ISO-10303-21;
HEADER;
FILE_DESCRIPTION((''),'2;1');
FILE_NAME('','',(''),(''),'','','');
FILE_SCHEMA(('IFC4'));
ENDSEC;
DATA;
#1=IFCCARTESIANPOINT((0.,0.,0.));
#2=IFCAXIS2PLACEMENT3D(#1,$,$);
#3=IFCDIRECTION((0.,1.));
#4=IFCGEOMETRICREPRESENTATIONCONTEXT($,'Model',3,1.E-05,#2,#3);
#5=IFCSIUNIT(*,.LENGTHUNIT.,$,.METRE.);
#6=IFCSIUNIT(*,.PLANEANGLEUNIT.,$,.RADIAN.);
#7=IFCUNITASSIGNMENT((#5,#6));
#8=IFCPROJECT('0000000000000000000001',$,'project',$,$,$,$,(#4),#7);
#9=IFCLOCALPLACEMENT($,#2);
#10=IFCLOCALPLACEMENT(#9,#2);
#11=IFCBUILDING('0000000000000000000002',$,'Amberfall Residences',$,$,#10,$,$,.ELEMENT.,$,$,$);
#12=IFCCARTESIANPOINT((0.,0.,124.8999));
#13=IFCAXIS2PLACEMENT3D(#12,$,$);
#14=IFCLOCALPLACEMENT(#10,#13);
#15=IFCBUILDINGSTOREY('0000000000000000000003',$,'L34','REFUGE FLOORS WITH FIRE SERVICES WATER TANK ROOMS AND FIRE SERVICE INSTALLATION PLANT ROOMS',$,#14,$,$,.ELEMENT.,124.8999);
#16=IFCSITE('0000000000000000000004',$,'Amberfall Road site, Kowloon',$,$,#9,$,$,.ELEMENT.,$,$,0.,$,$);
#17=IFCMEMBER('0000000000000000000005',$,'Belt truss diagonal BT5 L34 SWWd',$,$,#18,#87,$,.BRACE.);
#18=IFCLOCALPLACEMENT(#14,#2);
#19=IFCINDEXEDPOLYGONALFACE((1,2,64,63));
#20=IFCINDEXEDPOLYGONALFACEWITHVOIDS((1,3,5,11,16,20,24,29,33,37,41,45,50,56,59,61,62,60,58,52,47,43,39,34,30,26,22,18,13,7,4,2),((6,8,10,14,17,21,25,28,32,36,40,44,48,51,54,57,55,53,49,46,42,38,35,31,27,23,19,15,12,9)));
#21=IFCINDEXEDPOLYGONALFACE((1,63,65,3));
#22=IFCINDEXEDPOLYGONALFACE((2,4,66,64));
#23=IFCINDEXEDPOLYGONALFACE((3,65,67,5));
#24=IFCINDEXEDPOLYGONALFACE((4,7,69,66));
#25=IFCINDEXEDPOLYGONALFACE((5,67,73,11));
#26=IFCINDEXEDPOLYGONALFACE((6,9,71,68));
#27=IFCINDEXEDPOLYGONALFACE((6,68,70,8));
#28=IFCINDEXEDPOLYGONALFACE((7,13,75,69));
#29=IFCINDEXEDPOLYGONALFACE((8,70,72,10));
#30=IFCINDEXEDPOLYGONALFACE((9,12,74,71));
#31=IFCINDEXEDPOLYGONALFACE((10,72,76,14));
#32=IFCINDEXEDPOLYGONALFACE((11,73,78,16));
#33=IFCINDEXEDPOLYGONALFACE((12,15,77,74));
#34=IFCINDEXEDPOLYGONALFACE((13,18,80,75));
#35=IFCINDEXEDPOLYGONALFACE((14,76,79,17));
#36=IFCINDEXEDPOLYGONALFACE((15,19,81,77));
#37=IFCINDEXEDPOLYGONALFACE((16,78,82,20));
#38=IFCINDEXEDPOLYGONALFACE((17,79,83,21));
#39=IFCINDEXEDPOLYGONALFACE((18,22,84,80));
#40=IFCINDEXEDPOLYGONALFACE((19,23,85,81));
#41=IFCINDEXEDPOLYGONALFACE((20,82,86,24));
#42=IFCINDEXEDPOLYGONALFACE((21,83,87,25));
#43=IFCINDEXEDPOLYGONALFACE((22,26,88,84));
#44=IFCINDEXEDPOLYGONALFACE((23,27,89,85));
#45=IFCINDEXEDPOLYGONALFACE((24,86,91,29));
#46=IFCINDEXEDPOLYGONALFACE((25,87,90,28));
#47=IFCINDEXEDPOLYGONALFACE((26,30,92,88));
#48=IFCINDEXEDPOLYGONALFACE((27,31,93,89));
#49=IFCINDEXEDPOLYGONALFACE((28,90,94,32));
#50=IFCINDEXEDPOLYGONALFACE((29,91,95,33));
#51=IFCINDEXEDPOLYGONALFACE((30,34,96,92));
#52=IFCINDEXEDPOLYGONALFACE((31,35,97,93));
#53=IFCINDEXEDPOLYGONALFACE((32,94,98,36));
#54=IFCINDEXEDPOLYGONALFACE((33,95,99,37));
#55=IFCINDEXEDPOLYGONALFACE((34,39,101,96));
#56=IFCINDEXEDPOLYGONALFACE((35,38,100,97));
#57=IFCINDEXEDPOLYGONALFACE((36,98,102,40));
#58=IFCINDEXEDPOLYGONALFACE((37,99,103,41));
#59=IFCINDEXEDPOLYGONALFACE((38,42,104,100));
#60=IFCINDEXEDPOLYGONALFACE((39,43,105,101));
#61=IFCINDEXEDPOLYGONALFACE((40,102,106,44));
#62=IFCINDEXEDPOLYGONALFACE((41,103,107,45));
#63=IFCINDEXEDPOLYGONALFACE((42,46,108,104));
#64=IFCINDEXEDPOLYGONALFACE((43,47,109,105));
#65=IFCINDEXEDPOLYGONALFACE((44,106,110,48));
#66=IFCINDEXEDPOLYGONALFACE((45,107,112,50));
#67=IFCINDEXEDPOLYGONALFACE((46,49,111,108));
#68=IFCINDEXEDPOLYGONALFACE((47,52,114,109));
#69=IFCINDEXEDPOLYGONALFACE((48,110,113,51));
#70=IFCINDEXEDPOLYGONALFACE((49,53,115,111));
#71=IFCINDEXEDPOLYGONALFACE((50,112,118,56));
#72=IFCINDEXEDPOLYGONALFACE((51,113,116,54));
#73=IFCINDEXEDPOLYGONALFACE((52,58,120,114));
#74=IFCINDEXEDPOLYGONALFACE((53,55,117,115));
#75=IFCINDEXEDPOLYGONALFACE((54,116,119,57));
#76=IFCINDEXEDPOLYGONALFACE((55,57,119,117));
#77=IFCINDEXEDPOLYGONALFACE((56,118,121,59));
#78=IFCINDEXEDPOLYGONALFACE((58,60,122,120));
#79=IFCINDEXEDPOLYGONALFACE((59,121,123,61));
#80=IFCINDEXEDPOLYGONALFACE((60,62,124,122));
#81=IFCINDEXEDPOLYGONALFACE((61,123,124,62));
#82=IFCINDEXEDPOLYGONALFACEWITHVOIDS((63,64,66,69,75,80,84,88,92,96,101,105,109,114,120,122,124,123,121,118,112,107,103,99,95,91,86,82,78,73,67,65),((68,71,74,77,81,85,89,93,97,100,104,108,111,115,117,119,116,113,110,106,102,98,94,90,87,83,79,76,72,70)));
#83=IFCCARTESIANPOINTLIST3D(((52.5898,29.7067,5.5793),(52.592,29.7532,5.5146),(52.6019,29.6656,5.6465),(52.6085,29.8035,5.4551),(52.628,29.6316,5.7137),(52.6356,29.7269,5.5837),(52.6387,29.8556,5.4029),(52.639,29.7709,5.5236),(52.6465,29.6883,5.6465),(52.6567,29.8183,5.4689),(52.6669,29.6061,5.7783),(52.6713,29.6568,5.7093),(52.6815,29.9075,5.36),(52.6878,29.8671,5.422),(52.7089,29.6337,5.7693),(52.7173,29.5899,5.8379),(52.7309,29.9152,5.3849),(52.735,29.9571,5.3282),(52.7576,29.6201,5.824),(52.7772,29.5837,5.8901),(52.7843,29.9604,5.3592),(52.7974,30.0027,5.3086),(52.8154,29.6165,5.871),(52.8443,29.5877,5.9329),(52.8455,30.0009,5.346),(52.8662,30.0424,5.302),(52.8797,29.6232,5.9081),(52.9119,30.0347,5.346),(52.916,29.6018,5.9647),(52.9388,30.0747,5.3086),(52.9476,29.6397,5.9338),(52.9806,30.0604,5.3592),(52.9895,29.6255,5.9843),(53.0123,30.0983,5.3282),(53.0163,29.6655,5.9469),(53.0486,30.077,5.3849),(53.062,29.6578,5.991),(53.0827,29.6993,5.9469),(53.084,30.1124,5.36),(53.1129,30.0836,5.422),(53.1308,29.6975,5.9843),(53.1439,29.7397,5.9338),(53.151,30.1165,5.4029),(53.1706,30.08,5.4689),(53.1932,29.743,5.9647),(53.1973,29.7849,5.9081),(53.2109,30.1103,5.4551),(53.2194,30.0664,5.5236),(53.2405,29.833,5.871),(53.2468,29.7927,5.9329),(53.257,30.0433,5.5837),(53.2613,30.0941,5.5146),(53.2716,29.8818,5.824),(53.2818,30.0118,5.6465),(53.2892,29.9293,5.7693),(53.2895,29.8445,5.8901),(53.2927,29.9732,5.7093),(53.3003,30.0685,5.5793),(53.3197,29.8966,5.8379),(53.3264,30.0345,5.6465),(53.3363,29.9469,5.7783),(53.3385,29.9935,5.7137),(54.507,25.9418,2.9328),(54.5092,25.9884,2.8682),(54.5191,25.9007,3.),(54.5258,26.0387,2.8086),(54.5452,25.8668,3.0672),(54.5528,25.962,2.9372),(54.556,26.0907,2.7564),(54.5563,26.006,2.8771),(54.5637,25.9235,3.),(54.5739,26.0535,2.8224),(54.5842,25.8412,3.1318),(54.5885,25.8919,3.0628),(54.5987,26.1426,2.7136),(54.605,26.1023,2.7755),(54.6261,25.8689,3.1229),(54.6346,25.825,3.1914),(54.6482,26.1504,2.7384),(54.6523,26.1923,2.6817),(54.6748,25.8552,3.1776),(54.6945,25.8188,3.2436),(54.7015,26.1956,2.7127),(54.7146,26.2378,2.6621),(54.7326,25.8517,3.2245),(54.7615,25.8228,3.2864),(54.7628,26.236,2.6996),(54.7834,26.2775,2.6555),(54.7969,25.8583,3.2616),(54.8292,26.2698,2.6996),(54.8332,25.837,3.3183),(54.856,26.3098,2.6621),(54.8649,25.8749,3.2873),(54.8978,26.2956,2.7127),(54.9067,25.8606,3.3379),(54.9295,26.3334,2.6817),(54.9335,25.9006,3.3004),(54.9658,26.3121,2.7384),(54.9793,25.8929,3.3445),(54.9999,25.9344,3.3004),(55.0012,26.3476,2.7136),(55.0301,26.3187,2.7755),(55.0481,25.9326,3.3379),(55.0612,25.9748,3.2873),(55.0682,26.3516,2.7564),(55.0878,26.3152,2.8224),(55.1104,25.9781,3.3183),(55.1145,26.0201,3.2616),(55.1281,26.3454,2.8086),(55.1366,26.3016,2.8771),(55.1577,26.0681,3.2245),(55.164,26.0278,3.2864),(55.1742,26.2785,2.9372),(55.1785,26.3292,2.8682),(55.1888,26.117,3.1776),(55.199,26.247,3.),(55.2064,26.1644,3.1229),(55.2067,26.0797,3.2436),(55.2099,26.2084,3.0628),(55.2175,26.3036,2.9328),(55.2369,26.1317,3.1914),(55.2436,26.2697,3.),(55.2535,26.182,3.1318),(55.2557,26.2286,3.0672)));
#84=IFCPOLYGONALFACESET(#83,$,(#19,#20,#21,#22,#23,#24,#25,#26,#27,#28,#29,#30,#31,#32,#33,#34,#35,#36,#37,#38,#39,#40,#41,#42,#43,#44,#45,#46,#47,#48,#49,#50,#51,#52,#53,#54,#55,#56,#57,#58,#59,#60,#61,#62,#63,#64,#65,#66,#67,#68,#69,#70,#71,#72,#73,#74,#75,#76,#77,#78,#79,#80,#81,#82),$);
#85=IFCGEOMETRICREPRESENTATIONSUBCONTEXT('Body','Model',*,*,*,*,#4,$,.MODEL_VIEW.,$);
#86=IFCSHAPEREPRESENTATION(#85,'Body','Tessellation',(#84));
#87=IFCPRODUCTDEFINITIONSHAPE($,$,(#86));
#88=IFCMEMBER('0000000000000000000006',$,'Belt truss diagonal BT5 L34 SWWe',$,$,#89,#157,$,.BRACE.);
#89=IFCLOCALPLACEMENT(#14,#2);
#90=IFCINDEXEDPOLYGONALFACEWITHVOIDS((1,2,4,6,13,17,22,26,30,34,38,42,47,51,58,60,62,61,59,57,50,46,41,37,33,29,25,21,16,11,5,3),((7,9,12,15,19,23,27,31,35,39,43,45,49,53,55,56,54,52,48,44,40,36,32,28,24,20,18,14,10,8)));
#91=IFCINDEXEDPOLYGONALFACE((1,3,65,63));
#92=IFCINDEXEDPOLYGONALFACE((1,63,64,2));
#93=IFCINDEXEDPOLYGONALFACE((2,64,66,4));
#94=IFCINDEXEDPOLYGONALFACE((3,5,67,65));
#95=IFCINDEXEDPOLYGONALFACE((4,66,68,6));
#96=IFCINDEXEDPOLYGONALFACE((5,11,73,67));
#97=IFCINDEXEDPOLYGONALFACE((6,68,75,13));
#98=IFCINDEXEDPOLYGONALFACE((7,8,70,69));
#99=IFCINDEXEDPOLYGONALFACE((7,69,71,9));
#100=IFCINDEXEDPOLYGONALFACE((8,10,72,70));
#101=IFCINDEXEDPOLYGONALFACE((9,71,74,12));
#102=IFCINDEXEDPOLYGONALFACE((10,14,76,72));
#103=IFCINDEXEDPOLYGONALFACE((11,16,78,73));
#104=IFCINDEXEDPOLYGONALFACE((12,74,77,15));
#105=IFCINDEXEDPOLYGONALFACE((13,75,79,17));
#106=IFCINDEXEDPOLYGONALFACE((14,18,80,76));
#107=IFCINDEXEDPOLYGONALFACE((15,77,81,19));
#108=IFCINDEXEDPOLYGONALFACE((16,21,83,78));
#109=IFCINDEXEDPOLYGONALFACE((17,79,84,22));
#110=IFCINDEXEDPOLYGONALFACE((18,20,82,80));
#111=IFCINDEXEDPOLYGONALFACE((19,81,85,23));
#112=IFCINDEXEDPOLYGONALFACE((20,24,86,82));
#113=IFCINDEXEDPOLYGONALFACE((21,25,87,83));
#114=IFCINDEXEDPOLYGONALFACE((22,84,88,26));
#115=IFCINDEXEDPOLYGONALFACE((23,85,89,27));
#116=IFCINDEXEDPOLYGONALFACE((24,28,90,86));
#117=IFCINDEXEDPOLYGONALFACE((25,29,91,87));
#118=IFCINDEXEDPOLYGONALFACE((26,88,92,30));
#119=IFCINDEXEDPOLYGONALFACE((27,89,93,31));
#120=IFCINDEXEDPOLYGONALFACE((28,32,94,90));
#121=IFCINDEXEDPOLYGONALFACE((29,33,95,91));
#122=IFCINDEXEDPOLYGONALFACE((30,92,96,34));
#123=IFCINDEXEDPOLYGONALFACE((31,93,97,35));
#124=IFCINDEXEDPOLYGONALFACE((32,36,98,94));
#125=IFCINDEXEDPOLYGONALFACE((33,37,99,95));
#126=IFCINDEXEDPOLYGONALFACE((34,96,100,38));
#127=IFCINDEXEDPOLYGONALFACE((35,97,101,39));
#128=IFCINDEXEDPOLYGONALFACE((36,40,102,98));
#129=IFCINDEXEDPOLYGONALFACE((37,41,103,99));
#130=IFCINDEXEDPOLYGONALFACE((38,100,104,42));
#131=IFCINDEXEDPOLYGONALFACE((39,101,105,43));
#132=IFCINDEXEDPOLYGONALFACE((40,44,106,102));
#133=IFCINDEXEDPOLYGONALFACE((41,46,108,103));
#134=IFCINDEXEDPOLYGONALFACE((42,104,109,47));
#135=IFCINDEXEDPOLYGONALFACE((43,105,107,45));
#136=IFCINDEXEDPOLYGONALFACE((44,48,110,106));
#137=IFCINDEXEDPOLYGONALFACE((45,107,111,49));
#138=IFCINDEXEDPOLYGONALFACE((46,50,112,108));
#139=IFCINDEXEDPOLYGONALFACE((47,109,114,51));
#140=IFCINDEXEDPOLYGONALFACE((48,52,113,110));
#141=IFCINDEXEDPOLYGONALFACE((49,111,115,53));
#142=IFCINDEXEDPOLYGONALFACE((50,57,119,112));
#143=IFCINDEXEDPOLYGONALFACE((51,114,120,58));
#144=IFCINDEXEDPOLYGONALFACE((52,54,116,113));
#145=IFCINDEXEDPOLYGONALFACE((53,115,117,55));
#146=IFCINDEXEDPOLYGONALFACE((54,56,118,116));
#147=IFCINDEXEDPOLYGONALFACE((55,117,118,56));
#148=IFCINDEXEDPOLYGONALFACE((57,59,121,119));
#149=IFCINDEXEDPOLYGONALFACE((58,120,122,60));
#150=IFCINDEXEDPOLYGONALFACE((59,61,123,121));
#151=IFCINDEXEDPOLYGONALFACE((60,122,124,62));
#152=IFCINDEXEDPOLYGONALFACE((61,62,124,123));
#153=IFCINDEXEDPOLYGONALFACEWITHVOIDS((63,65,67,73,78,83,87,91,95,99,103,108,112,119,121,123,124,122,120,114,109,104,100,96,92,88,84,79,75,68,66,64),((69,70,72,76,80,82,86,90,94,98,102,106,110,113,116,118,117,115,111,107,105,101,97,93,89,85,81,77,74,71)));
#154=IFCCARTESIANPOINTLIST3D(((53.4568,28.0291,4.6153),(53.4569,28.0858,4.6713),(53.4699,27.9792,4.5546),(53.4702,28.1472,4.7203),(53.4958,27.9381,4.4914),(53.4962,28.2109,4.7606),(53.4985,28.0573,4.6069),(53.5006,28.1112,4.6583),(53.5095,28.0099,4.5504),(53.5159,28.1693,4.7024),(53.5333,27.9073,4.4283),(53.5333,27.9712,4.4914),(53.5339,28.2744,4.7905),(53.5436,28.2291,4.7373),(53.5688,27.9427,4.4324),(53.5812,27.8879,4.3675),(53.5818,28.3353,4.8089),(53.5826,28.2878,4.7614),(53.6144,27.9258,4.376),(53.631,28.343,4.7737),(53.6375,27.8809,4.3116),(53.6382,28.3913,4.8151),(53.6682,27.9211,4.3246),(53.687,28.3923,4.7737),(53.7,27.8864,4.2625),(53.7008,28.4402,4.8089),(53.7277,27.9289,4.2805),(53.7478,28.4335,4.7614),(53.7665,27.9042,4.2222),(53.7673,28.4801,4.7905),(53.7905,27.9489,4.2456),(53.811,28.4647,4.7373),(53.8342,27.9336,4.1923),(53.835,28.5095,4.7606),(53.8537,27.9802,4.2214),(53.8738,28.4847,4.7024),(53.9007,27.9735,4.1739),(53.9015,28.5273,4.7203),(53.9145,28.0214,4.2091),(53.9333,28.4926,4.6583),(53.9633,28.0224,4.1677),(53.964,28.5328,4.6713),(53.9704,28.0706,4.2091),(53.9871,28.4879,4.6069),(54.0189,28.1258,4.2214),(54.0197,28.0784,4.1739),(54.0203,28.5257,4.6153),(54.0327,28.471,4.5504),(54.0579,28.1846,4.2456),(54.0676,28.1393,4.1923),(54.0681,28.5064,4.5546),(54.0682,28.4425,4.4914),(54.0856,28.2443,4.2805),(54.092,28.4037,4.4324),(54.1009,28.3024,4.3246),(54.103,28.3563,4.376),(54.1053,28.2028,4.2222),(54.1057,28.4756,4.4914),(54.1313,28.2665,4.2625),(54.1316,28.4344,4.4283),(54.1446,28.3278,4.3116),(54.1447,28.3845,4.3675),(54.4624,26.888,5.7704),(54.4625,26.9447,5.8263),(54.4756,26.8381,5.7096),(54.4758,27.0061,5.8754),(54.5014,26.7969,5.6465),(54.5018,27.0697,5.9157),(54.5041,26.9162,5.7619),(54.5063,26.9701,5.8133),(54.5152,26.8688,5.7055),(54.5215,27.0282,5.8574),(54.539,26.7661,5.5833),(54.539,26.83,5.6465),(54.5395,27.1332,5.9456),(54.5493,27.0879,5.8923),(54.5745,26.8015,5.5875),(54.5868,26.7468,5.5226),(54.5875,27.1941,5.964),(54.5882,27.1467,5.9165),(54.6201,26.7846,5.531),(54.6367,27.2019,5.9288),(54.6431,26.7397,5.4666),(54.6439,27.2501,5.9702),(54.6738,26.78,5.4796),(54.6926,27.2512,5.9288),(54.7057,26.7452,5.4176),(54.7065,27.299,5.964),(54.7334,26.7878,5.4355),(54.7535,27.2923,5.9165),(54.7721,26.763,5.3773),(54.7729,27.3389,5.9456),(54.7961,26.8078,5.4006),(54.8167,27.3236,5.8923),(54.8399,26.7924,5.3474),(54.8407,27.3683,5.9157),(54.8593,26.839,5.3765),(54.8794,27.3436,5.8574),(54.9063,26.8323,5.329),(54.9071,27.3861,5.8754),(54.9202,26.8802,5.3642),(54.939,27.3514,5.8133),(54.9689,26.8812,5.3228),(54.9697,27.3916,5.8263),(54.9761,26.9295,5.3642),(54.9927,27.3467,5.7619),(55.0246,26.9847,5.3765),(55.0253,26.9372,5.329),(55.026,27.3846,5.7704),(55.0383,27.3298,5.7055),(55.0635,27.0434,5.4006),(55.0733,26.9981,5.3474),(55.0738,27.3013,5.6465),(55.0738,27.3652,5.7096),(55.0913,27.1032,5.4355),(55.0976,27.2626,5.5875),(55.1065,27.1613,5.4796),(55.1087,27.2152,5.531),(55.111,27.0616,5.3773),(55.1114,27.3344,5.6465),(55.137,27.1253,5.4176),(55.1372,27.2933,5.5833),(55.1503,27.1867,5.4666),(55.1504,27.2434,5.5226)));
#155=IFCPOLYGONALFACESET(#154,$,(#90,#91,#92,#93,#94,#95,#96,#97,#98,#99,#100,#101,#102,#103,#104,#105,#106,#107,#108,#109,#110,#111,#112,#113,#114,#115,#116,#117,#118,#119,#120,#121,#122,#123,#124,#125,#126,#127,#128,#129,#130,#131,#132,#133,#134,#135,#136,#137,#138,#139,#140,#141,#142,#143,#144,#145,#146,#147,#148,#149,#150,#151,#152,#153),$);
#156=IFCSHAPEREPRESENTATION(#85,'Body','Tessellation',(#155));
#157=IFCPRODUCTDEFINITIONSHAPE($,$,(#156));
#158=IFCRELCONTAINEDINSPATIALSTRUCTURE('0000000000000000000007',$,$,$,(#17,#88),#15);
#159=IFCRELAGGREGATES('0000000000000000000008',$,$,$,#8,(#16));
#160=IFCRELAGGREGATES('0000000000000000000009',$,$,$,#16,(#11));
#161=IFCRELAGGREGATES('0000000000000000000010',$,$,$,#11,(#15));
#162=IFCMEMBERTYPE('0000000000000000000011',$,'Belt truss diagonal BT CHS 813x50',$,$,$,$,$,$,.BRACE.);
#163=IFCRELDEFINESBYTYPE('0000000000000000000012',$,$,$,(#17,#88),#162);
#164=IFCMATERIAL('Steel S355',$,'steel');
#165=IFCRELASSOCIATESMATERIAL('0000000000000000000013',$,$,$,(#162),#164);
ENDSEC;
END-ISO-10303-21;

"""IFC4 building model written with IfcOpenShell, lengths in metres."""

from ifc_helpers import new_model, si_unit, direction, frame, origin, origin_2d, place, context, subcontext, project, spatial, hollow_circle, extrude, material, material_profile, profile_set, type_object, element, save


model = new_model("IFC4")

# Units and contexts
model_context = context("Model", 3, precision=1e-05, world=origin(), true_north=direction((0.0, 1.0)))
body_context = subcontext(model_context, "Body", "Model", "MODEL_VIEW")
ifc_project = project(units=[si_unit("LENGTHUNIT", "METRE"), si_unit("PLANEANGLEUNIT", "RADIAN")], contexts=[model_context])

# Site, building, storey
site_placement = place(None, origin())
site = spatial("IfcSite", under=ifc_project, at=site_placement, Name="Amberfall Road site, Kowloon", CompositionType="ELEMENT", RefElevation=0.0)
building_placement = place(site_placement, origin())
building = spatial("IfcBuilding", under=site, at=building_placement, Name="Amberfall Residences", CompositionType="ELEMENT")
storey_placement = place(building_placement, frame((0.0, 0.0, 124.8999)))
storey = spatial("IfcBuildingStorey", under=building, at=storey_placement, Name="L34", Description="REFUGE FLOORS WITH FIRE SERVICES WATER TANK ROOMS AND FIRE SERVICE INSTALLATION PLANT ROOMS", CompositionType="ELEMENT", Elevation=124.8999)

# Shared definitions
ifc_material_1 = material(Name="Steel S355", Category="steel")

# Members
ifc_material_profile_1 = material_profile(ifc_material_1, hollow_circle(Radius=0.4065, WallThickness=0.05, at=origin_2d()), Name="CHS 813x50")
ifc_profile_set_1 = profile_set([ifc_material_profile_1], Name="Steel S355")
member_type = type_object("IfcMemberType", Name="Belt truss diagonal BT CHS 813x50", PredefinedType="BRACE", material=ifc_profile_set_1)
member_1_placement = place(storey_placement, frame((54.8813, 26.0852, 3.0), z_axis=(-0.384571, 0.755186, 0.530848), x_axis=(-0.891109, -0.453789, 0.0)))
element("IfcMember", 1, at=member_1_placement, inside=storey, type_object=member_type, Name="Belt truss diagonal BT5 L34 SWWd", PredefinedType="BRACE", context=body_context, shape_type="SweptSolid", body=[
    extrude(hollow_circle(Radius=0.4065, WallThickness=0.05, at=origin_2d()), origin(), (0.0, 0.0, 1.0), 4.9854),
])
member_2_placement = place(storey_placement, frame((54.8064, 27.0657, 5.6465), z_axis=(-0.526544, 0.597491, -0.604778), x_axis=(-0.750245, -0.66116, 0.0)))
element("IfcMember", 2, at=member_2_placement, inside=storey, type_object=member_type, Name="Belt truss diagonal BT5 L34 SWWe", PredefinedType="BRACE", context=body_context, shape_type="SweptSolid", body=[
    extrude(hollow_circle(Radius=0.4065, WallThickness=0.05, at=origin_2d()), origin(), (0.0, 0.0, 1.0), 1.9099),
])

save(model, "model.ifc")
